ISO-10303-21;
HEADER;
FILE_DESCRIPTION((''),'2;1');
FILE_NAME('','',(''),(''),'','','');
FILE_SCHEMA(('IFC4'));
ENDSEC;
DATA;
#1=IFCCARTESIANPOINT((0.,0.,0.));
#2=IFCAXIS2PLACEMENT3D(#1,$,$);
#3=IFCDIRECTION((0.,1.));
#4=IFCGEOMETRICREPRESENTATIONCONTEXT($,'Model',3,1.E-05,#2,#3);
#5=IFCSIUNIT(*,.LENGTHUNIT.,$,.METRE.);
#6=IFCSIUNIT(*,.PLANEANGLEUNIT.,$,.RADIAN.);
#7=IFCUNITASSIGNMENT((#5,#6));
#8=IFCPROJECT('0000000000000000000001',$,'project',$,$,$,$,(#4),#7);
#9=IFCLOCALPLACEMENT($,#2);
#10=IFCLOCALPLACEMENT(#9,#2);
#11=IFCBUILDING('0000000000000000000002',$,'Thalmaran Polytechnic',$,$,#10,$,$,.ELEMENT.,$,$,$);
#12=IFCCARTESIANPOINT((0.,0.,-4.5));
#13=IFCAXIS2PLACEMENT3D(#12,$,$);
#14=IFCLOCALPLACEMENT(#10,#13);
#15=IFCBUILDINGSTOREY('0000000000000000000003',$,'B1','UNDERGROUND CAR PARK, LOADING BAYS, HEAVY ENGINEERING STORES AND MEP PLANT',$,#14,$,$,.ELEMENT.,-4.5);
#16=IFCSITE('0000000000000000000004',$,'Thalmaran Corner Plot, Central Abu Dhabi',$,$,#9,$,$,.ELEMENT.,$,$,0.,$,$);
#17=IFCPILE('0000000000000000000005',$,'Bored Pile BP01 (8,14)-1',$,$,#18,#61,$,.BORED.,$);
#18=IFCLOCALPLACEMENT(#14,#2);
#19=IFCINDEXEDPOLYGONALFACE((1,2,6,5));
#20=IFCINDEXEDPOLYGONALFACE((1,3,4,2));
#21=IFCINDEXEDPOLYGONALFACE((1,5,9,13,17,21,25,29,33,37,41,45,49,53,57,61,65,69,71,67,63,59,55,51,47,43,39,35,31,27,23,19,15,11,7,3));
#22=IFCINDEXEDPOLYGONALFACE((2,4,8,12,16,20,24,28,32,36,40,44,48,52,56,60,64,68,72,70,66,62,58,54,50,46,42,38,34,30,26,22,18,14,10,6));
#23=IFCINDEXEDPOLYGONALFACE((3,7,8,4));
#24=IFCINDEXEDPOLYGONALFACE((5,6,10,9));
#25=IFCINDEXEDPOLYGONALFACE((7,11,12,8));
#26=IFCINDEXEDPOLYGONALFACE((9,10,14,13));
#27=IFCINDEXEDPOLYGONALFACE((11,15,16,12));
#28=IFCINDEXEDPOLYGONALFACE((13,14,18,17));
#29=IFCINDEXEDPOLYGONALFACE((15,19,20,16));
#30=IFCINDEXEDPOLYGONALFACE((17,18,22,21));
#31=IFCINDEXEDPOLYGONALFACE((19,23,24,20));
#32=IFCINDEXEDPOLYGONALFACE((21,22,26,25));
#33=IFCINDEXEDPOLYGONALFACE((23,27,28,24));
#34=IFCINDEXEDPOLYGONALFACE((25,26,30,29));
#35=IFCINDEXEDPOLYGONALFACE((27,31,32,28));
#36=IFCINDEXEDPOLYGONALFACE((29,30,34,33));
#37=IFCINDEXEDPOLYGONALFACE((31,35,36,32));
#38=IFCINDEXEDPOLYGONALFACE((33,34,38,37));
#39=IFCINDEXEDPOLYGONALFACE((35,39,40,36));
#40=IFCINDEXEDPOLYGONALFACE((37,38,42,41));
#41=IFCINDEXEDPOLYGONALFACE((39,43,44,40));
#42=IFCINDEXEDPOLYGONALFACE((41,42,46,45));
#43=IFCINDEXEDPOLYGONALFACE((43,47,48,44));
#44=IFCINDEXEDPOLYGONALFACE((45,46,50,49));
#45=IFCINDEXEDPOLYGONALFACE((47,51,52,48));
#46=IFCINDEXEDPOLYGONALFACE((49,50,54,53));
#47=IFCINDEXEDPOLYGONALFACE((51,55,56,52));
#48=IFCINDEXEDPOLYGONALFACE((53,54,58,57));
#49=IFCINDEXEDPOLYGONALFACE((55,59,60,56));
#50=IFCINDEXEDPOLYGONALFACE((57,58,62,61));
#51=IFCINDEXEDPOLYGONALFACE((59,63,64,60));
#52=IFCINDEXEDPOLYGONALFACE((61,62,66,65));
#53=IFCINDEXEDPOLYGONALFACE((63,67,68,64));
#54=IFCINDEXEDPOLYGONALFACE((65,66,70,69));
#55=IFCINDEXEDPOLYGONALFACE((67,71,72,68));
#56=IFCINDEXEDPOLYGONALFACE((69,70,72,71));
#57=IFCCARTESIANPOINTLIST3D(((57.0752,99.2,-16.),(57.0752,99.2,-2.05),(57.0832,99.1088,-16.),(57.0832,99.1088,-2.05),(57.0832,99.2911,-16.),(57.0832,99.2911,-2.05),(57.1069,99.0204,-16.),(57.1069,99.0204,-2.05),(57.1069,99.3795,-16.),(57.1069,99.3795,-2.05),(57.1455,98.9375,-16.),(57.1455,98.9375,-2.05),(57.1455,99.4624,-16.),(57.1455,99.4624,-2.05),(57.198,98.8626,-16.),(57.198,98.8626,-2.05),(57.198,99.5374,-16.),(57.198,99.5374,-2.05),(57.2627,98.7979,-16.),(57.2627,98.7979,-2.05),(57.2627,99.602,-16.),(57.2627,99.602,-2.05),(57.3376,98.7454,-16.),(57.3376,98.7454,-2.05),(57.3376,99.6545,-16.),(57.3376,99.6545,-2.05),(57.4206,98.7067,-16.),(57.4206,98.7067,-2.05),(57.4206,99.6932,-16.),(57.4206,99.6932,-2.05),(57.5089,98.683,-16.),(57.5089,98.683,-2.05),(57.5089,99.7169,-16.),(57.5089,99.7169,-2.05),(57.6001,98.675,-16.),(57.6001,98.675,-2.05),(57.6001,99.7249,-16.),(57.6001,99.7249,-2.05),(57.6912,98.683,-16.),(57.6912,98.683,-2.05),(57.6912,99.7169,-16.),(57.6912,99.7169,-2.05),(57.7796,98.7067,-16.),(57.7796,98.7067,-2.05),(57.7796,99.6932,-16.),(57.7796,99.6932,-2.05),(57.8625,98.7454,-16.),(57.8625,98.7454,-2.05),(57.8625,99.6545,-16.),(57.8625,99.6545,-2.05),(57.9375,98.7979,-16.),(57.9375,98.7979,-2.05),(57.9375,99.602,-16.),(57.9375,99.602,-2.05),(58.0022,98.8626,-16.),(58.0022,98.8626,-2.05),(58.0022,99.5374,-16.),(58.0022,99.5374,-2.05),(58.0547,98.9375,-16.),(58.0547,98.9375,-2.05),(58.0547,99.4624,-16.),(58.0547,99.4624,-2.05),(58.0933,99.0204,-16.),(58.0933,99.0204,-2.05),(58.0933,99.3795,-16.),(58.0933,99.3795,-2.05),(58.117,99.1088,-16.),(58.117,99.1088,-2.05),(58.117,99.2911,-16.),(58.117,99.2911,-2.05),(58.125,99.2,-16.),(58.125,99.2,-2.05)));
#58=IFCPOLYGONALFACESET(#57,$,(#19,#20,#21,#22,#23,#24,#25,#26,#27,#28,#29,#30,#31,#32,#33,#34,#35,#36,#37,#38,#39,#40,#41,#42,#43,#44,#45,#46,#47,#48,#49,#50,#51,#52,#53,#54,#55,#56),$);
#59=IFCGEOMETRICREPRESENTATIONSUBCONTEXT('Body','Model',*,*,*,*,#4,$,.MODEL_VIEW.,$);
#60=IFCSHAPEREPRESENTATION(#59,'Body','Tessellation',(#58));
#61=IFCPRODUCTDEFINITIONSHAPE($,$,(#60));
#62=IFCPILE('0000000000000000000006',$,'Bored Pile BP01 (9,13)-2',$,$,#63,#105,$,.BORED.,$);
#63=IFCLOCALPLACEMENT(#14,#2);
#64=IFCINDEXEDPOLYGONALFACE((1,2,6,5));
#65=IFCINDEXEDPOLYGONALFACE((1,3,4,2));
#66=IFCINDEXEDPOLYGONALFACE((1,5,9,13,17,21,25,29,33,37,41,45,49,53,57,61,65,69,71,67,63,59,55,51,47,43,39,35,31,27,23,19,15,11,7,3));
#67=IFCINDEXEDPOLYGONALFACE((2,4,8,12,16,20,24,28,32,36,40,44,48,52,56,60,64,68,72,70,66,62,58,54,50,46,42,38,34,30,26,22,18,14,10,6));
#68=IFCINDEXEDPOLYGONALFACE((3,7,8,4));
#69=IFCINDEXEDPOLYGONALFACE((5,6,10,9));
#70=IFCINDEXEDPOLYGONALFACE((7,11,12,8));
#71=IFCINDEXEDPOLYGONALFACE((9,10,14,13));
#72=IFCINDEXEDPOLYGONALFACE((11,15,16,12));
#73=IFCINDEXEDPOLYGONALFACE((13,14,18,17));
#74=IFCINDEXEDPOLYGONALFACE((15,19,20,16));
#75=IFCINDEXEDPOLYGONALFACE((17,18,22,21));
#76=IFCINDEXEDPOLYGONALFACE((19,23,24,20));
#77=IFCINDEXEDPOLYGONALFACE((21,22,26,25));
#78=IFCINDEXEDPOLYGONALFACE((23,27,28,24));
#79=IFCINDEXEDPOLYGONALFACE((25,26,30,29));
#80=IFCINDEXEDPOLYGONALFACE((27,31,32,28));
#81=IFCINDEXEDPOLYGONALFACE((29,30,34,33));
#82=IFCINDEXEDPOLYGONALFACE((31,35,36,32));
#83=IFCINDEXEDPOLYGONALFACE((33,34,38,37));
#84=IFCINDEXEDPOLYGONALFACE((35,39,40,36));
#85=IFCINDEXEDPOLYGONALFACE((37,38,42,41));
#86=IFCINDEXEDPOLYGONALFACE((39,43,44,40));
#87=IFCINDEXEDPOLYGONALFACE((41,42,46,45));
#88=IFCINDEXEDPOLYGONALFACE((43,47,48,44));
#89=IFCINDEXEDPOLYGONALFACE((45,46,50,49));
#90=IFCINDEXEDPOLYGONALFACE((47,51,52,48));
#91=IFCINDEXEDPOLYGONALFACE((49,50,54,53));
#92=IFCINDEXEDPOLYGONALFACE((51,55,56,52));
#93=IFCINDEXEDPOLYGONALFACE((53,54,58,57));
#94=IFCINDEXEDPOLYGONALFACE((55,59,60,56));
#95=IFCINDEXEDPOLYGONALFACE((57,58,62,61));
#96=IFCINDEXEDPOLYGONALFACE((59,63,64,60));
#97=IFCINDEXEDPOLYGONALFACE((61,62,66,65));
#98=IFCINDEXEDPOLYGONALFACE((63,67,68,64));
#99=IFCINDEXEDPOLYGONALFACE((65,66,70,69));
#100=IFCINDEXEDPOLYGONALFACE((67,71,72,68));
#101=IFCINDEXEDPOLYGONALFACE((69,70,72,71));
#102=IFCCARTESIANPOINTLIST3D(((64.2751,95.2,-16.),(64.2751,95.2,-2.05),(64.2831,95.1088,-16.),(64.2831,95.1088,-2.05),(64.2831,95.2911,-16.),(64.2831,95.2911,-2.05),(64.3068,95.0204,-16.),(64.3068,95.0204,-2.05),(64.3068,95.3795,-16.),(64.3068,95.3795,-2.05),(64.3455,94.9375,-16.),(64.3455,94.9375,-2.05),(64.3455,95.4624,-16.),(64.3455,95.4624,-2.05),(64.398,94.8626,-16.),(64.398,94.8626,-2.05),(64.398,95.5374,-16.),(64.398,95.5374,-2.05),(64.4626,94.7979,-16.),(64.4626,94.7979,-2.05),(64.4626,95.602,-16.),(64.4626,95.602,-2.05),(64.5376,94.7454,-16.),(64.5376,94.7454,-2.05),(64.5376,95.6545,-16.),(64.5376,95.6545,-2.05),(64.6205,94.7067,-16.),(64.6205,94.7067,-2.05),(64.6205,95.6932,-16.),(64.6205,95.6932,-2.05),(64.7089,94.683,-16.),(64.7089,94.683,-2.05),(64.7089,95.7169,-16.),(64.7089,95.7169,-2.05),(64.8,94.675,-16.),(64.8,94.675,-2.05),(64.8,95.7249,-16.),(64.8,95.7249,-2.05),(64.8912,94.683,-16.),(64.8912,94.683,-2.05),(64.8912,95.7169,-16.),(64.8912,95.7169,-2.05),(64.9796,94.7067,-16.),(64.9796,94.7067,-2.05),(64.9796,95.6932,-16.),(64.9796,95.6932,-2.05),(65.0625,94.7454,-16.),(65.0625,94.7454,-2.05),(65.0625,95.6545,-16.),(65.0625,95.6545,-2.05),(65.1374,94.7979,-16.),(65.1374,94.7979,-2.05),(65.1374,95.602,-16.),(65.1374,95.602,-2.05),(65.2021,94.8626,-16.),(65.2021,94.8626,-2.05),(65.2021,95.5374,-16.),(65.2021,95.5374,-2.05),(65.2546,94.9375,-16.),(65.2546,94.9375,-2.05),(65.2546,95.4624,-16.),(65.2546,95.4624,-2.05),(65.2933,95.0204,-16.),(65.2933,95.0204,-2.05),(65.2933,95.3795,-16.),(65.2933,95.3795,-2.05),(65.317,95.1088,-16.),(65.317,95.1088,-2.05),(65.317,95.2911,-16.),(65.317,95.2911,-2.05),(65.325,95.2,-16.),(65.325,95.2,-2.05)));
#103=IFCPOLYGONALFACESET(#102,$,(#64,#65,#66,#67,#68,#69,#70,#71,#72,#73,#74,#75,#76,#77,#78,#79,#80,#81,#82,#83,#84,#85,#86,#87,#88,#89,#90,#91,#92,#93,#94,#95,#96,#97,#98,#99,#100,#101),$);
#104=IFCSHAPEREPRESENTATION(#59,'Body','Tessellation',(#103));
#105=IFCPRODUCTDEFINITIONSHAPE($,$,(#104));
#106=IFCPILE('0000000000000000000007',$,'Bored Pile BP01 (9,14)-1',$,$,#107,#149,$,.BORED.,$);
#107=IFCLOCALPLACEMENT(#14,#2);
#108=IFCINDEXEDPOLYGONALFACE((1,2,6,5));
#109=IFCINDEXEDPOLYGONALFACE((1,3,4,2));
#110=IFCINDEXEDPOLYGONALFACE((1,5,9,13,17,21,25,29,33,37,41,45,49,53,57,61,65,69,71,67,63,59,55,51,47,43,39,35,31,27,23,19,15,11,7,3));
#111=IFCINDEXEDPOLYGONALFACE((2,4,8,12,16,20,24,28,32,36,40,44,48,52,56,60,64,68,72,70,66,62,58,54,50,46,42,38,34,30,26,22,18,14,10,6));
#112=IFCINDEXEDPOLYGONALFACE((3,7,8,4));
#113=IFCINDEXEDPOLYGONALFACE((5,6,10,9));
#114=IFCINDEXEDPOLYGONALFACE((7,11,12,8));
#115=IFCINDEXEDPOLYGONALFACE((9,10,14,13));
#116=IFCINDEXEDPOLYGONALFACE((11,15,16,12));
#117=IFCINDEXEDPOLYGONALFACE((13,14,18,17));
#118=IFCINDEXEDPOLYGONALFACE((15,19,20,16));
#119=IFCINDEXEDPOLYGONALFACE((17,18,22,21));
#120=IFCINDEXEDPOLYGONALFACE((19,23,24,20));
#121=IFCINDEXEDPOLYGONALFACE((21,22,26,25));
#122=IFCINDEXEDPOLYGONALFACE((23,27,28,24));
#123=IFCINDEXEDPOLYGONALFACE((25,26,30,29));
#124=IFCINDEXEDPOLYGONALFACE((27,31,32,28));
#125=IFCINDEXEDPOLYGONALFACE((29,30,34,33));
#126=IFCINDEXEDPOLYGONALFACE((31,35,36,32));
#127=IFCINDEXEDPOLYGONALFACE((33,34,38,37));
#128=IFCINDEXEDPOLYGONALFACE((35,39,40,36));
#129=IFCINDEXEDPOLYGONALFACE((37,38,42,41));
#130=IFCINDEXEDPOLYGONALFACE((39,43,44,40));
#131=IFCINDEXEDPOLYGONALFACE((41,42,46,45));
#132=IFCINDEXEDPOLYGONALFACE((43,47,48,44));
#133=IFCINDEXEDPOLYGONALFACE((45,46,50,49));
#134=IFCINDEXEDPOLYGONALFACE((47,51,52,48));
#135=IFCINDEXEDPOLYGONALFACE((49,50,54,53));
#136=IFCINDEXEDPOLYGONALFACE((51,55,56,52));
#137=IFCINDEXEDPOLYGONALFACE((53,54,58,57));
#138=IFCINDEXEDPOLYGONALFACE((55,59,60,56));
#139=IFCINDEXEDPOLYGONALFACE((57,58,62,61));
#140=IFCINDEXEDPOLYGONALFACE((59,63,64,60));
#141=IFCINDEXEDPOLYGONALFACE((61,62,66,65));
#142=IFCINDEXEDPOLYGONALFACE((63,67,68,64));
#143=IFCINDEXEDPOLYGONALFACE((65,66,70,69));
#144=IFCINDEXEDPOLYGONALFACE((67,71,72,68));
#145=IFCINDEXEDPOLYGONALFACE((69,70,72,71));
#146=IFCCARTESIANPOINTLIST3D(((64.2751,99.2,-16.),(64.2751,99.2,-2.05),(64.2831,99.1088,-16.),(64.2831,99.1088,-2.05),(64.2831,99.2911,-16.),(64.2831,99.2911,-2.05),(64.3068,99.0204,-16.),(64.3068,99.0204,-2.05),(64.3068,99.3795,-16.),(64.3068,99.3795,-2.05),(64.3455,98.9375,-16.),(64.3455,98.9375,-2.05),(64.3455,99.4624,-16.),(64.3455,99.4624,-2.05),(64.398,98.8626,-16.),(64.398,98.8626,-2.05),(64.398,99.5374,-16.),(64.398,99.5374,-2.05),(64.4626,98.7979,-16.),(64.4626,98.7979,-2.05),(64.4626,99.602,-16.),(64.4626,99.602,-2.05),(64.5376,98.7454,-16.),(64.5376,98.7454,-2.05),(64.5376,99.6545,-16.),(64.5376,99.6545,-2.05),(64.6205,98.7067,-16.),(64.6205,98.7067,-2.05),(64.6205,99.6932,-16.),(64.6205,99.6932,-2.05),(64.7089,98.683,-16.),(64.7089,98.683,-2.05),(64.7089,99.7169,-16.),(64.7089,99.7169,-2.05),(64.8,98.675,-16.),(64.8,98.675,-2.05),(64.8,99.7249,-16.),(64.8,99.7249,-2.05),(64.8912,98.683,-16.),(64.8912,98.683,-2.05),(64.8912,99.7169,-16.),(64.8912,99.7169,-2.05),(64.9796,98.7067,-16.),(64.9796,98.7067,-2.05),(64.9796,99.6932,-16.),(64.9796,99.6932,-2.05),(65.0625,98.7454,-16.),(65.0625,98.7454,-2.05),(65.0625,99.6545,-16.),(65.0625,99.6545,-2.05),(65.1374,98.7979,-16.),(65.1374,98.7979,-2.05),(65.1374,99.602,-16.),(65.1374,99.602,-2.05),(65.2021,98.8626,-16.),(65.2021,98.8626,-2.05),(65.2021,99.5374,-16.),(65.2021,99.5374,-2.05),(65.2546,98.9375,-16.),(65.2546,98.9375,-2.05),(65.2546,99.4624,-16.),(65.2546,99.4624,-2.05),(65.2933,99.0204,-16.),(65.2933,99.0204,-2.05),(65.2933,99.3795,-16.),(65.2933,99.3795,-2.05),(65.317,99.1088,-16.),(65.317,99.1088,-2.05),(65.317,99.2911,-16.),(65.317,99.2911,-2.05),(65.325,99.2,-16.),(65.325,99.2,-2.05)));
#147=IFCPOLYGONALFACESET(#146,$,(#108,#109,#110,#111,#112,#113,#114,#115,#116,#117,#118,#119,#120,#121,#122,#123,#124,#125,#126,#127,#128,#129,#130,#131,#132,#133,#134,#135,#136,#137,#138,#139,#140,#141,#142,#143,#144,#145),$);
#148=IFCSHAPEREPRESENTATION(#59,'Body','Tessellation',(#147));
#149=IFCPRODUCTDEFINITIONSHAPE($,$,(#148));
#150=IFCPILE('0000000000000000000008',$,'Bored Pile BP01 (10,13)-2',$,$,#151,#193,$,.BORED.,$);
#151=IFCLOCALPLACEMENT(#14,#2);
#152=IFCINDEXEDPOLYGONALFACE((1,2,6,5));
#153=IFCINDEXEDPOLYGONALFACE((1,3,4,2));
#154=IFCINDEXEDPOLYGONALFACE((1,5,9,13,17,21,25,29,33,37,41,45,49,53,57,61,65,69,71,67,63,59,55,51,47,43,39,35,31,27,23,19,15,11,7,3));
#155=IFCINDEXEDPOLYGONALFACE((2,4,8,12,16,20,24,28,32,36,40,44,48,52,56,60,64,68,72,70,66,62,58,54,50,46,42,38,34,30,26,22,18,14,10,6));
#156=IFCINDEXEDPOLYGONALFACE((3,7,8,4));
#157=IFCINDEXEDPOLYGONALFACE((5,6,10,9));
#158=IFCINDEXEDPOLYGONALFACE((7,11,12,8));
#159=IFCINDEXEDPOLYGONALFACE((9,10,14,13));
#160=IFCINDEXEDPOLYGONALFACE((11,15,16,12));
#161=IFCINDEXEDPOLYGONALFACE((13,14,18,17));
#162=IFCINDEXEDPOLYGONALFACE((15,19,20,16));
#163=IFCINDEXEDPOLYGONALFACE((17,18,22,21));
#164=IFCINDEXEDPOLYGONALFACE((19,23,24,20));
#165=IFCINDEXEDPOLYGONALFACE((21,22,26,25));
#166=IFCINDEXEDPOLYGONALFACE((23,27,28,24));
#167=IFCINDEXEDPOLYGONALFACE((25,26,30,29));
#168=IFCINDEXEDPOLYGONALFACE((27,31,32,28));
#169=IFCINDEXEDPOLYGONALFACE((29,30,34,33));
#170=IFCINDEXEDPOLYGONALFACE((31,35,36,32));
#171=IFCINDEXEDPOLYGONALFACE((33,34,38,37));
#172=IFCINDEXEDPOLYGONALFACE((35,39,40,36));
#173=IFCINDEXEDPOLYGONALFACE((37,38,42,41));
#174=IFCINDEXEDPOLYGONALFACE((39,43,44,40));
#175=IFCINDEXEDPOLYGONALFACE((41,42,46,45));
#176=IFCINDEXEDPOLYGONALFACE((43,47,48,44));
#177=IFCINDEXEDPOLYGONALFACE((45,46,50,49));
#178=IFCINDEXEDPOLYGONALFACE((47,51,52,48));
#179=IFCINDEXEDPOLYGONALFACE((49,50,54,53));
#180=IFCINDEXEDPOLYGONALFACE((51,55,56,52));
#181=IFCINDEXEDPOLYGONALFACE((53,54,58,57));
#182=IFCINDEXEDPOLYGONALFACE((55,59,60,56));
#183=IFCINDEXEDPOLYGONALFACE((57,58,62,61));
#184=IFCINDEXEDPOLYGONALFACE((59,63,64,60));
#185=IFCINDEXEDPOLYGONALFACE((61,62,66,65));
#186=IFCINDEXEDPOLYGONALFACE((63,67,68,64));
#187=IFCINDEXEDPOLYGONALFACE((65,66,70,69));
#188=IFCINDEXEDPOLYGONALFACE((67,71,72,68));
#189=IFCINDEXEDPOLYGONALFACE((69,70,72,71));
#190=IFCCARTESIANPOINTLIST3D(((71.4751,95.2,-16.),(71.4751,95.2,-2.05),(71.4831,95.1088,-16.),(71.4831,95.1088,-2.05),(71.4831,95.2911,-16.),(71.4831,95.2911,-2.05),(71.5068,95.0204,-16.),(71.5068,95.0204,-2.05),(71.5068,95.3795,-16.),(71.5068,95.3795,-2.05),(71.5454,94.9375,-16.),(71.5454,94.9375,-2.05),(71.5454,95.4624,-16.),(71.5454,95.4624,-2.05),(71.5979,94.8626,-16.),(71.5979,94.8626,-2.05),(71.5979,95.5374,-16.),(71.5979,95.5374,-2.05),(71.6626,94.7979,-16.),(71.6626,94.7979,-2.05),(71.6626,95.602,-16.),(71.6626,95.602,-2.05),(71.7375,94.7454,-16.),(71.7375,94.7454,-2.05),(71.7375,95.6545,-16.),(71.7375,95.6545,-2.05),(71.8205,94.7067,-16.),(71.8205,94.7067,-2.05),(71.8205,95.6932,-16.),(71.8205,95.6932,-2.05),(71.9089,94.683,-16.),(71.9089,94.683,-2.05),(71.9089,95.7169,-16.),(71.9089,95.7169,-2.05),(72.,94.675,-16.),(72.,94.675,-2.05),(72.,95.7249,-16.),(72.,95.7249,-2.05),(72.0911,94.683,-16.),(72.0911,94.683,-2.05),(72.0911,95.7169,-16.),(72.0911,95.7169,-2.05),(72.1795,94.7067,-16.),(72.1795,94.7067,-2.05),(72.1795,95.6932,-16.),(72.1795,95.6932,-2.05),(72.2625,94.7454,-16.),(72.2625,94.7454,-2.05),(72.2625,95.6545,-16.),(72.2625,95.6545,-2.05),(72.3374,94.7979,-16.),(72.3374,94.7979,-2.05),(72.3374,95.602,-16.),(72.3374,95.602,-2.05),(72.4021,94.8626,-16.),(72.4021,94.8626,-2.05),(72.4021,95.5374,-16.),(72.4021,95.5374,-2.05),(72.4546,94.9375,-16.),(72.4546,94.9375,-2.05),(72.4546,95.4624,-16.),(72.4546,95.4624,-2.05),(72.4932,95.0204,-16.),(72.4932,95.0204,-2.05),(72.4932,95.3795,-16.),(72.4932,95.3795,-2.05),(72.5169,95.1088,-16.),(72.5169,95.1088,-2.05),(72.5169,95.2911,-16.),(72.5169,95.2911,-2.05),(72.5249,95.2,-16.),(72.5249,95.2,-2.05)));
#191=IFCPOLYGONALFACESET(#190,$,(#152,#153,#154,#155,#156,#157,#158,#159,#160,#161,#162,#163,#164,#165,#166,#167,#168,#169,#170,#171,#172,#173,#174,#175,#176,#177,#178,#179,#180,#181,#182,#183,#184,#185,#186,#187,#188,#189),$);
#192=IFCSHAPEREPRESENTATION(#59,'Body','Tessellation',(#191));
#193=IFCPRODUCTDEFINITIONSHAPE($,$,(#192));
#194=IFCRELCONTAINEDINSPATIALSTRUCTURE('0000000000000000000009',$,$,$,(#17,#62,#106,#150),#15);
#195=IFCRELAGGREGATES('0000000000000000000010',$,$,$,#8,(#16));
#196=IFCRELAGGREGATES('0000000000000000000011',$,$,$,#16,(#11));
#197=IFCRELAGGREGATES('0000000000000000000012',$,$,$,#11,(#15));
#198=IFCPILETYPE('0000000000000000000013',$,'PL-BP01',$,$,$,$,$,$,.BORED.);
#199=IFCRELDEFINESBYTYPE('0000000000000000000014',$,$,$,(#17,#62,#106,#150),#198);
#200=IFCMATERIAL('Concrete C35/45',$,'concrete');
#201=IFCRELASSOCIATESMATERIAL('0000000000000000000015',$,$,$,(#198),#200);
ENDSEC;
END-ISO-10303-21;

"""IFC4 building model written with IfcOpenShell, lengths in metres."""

from ifc_helpers import new_model, si_unit, direction, frame, origin, origin_2d, place, context, subcontext, project, spatial, circle, extrude, material, material_profile, profile_set, type_object, element, save


model = new_model("IFC4")

# Units and contexts
model_context = context("Model", 3, precision=1e-05, world=origin(), true_north=direction((0.0, 1.0)))
body_context = subcontext(model_context, "Body", "Model", "MODEL_VIEW")
ifc_project = project(units=[si_unit("LENGTHUNIT", "METRE"), si_unit("PLANEANGLEUNIT", "RADIAN")], contexts=[model_context])

# Site, building, storey
site_placement = place(None, origin())
site = spatial("IfcSite", under=ifc_project, at=site_placement, Name="Thalmaran Corner Plot, Central Abu Dhabi", CompositionType="ELEMENT", RefElevation=0.0)
building_placement = place(site_placement, origin())
building = spatial("IfcBuilding", under=site, at=building_placement, Name="Thalmaran Polytechnic", CompositionType="ELEMENT")
storey_placement = place(building_placement, frame((0.0, 0.0, -4.5)))
storey = spatial("IfcBuildingStorey", under=building, at=storey_placement, Name="B1", Description="UNDERGROUND CAR PARK, LOADING BAYS, HEAVY ENGINEERING STORES AND MEP PLANT", CompositionType="ELEMENT", Elevation=-4.5)

# Piles
ifc_material_1 = material(Name="Concrete C35/45", Category="concrete")
ifc_material_profile_1 = material_profile(ifc_material_1, circle(Radius=0.5249, at=origin_2d()), Name="RC 1050 DIA")
ifc_profile_set_1 = profile_set([ifc_material_profile_1], Name="Concrete C35/45")
pile_type_1 = type_object("IfcPileType", Name="PL-BP01", PredefinedType="BORED", material=ifc_profile_set_1)
for number, where, z_axis, x_axis, name in (
    (1, (57.6001, 99.2, -2.05), (0.0, 0.0, -1.0), (1.0, 0.0, 0.0), "Bored Pile BP01 (8,14)-1"),
    (2, (64.8, 95.2, -2.05), (0.0, 0.0, -1.0), (1.0, 0.0, 0.0), "Bored Pile BP01 (9,13)-2"),
    (3, (64.8, 99.2, -2.05), (0.0, 0.0, -1.0), (1.0, 0.0, 0.0), "Bored Pile BP01 (9,14)-1"),
    (4, (72.0, 95.2, -2.05), (0.0, 0.0, -1.0), (1.0, 0.0, 0.0), "Bored Pile BP01 (10,13)-2"),
):
    element("IfcPile", number, at=place(storey_placement, frame(where, z_axis=z_axis, x_axis=x_axis)), inside=storey, type_object=pile_type_1, Name=name, PredefinedType="BORED", context=body_context, shape_type="SweptSolid", body=[
        extrude(circle(Radius=0.5249, at=origin_2d()), origin(), (0.0, 0.0, 1.0), 13.95),
    ])

save(model, "model.ifc")
